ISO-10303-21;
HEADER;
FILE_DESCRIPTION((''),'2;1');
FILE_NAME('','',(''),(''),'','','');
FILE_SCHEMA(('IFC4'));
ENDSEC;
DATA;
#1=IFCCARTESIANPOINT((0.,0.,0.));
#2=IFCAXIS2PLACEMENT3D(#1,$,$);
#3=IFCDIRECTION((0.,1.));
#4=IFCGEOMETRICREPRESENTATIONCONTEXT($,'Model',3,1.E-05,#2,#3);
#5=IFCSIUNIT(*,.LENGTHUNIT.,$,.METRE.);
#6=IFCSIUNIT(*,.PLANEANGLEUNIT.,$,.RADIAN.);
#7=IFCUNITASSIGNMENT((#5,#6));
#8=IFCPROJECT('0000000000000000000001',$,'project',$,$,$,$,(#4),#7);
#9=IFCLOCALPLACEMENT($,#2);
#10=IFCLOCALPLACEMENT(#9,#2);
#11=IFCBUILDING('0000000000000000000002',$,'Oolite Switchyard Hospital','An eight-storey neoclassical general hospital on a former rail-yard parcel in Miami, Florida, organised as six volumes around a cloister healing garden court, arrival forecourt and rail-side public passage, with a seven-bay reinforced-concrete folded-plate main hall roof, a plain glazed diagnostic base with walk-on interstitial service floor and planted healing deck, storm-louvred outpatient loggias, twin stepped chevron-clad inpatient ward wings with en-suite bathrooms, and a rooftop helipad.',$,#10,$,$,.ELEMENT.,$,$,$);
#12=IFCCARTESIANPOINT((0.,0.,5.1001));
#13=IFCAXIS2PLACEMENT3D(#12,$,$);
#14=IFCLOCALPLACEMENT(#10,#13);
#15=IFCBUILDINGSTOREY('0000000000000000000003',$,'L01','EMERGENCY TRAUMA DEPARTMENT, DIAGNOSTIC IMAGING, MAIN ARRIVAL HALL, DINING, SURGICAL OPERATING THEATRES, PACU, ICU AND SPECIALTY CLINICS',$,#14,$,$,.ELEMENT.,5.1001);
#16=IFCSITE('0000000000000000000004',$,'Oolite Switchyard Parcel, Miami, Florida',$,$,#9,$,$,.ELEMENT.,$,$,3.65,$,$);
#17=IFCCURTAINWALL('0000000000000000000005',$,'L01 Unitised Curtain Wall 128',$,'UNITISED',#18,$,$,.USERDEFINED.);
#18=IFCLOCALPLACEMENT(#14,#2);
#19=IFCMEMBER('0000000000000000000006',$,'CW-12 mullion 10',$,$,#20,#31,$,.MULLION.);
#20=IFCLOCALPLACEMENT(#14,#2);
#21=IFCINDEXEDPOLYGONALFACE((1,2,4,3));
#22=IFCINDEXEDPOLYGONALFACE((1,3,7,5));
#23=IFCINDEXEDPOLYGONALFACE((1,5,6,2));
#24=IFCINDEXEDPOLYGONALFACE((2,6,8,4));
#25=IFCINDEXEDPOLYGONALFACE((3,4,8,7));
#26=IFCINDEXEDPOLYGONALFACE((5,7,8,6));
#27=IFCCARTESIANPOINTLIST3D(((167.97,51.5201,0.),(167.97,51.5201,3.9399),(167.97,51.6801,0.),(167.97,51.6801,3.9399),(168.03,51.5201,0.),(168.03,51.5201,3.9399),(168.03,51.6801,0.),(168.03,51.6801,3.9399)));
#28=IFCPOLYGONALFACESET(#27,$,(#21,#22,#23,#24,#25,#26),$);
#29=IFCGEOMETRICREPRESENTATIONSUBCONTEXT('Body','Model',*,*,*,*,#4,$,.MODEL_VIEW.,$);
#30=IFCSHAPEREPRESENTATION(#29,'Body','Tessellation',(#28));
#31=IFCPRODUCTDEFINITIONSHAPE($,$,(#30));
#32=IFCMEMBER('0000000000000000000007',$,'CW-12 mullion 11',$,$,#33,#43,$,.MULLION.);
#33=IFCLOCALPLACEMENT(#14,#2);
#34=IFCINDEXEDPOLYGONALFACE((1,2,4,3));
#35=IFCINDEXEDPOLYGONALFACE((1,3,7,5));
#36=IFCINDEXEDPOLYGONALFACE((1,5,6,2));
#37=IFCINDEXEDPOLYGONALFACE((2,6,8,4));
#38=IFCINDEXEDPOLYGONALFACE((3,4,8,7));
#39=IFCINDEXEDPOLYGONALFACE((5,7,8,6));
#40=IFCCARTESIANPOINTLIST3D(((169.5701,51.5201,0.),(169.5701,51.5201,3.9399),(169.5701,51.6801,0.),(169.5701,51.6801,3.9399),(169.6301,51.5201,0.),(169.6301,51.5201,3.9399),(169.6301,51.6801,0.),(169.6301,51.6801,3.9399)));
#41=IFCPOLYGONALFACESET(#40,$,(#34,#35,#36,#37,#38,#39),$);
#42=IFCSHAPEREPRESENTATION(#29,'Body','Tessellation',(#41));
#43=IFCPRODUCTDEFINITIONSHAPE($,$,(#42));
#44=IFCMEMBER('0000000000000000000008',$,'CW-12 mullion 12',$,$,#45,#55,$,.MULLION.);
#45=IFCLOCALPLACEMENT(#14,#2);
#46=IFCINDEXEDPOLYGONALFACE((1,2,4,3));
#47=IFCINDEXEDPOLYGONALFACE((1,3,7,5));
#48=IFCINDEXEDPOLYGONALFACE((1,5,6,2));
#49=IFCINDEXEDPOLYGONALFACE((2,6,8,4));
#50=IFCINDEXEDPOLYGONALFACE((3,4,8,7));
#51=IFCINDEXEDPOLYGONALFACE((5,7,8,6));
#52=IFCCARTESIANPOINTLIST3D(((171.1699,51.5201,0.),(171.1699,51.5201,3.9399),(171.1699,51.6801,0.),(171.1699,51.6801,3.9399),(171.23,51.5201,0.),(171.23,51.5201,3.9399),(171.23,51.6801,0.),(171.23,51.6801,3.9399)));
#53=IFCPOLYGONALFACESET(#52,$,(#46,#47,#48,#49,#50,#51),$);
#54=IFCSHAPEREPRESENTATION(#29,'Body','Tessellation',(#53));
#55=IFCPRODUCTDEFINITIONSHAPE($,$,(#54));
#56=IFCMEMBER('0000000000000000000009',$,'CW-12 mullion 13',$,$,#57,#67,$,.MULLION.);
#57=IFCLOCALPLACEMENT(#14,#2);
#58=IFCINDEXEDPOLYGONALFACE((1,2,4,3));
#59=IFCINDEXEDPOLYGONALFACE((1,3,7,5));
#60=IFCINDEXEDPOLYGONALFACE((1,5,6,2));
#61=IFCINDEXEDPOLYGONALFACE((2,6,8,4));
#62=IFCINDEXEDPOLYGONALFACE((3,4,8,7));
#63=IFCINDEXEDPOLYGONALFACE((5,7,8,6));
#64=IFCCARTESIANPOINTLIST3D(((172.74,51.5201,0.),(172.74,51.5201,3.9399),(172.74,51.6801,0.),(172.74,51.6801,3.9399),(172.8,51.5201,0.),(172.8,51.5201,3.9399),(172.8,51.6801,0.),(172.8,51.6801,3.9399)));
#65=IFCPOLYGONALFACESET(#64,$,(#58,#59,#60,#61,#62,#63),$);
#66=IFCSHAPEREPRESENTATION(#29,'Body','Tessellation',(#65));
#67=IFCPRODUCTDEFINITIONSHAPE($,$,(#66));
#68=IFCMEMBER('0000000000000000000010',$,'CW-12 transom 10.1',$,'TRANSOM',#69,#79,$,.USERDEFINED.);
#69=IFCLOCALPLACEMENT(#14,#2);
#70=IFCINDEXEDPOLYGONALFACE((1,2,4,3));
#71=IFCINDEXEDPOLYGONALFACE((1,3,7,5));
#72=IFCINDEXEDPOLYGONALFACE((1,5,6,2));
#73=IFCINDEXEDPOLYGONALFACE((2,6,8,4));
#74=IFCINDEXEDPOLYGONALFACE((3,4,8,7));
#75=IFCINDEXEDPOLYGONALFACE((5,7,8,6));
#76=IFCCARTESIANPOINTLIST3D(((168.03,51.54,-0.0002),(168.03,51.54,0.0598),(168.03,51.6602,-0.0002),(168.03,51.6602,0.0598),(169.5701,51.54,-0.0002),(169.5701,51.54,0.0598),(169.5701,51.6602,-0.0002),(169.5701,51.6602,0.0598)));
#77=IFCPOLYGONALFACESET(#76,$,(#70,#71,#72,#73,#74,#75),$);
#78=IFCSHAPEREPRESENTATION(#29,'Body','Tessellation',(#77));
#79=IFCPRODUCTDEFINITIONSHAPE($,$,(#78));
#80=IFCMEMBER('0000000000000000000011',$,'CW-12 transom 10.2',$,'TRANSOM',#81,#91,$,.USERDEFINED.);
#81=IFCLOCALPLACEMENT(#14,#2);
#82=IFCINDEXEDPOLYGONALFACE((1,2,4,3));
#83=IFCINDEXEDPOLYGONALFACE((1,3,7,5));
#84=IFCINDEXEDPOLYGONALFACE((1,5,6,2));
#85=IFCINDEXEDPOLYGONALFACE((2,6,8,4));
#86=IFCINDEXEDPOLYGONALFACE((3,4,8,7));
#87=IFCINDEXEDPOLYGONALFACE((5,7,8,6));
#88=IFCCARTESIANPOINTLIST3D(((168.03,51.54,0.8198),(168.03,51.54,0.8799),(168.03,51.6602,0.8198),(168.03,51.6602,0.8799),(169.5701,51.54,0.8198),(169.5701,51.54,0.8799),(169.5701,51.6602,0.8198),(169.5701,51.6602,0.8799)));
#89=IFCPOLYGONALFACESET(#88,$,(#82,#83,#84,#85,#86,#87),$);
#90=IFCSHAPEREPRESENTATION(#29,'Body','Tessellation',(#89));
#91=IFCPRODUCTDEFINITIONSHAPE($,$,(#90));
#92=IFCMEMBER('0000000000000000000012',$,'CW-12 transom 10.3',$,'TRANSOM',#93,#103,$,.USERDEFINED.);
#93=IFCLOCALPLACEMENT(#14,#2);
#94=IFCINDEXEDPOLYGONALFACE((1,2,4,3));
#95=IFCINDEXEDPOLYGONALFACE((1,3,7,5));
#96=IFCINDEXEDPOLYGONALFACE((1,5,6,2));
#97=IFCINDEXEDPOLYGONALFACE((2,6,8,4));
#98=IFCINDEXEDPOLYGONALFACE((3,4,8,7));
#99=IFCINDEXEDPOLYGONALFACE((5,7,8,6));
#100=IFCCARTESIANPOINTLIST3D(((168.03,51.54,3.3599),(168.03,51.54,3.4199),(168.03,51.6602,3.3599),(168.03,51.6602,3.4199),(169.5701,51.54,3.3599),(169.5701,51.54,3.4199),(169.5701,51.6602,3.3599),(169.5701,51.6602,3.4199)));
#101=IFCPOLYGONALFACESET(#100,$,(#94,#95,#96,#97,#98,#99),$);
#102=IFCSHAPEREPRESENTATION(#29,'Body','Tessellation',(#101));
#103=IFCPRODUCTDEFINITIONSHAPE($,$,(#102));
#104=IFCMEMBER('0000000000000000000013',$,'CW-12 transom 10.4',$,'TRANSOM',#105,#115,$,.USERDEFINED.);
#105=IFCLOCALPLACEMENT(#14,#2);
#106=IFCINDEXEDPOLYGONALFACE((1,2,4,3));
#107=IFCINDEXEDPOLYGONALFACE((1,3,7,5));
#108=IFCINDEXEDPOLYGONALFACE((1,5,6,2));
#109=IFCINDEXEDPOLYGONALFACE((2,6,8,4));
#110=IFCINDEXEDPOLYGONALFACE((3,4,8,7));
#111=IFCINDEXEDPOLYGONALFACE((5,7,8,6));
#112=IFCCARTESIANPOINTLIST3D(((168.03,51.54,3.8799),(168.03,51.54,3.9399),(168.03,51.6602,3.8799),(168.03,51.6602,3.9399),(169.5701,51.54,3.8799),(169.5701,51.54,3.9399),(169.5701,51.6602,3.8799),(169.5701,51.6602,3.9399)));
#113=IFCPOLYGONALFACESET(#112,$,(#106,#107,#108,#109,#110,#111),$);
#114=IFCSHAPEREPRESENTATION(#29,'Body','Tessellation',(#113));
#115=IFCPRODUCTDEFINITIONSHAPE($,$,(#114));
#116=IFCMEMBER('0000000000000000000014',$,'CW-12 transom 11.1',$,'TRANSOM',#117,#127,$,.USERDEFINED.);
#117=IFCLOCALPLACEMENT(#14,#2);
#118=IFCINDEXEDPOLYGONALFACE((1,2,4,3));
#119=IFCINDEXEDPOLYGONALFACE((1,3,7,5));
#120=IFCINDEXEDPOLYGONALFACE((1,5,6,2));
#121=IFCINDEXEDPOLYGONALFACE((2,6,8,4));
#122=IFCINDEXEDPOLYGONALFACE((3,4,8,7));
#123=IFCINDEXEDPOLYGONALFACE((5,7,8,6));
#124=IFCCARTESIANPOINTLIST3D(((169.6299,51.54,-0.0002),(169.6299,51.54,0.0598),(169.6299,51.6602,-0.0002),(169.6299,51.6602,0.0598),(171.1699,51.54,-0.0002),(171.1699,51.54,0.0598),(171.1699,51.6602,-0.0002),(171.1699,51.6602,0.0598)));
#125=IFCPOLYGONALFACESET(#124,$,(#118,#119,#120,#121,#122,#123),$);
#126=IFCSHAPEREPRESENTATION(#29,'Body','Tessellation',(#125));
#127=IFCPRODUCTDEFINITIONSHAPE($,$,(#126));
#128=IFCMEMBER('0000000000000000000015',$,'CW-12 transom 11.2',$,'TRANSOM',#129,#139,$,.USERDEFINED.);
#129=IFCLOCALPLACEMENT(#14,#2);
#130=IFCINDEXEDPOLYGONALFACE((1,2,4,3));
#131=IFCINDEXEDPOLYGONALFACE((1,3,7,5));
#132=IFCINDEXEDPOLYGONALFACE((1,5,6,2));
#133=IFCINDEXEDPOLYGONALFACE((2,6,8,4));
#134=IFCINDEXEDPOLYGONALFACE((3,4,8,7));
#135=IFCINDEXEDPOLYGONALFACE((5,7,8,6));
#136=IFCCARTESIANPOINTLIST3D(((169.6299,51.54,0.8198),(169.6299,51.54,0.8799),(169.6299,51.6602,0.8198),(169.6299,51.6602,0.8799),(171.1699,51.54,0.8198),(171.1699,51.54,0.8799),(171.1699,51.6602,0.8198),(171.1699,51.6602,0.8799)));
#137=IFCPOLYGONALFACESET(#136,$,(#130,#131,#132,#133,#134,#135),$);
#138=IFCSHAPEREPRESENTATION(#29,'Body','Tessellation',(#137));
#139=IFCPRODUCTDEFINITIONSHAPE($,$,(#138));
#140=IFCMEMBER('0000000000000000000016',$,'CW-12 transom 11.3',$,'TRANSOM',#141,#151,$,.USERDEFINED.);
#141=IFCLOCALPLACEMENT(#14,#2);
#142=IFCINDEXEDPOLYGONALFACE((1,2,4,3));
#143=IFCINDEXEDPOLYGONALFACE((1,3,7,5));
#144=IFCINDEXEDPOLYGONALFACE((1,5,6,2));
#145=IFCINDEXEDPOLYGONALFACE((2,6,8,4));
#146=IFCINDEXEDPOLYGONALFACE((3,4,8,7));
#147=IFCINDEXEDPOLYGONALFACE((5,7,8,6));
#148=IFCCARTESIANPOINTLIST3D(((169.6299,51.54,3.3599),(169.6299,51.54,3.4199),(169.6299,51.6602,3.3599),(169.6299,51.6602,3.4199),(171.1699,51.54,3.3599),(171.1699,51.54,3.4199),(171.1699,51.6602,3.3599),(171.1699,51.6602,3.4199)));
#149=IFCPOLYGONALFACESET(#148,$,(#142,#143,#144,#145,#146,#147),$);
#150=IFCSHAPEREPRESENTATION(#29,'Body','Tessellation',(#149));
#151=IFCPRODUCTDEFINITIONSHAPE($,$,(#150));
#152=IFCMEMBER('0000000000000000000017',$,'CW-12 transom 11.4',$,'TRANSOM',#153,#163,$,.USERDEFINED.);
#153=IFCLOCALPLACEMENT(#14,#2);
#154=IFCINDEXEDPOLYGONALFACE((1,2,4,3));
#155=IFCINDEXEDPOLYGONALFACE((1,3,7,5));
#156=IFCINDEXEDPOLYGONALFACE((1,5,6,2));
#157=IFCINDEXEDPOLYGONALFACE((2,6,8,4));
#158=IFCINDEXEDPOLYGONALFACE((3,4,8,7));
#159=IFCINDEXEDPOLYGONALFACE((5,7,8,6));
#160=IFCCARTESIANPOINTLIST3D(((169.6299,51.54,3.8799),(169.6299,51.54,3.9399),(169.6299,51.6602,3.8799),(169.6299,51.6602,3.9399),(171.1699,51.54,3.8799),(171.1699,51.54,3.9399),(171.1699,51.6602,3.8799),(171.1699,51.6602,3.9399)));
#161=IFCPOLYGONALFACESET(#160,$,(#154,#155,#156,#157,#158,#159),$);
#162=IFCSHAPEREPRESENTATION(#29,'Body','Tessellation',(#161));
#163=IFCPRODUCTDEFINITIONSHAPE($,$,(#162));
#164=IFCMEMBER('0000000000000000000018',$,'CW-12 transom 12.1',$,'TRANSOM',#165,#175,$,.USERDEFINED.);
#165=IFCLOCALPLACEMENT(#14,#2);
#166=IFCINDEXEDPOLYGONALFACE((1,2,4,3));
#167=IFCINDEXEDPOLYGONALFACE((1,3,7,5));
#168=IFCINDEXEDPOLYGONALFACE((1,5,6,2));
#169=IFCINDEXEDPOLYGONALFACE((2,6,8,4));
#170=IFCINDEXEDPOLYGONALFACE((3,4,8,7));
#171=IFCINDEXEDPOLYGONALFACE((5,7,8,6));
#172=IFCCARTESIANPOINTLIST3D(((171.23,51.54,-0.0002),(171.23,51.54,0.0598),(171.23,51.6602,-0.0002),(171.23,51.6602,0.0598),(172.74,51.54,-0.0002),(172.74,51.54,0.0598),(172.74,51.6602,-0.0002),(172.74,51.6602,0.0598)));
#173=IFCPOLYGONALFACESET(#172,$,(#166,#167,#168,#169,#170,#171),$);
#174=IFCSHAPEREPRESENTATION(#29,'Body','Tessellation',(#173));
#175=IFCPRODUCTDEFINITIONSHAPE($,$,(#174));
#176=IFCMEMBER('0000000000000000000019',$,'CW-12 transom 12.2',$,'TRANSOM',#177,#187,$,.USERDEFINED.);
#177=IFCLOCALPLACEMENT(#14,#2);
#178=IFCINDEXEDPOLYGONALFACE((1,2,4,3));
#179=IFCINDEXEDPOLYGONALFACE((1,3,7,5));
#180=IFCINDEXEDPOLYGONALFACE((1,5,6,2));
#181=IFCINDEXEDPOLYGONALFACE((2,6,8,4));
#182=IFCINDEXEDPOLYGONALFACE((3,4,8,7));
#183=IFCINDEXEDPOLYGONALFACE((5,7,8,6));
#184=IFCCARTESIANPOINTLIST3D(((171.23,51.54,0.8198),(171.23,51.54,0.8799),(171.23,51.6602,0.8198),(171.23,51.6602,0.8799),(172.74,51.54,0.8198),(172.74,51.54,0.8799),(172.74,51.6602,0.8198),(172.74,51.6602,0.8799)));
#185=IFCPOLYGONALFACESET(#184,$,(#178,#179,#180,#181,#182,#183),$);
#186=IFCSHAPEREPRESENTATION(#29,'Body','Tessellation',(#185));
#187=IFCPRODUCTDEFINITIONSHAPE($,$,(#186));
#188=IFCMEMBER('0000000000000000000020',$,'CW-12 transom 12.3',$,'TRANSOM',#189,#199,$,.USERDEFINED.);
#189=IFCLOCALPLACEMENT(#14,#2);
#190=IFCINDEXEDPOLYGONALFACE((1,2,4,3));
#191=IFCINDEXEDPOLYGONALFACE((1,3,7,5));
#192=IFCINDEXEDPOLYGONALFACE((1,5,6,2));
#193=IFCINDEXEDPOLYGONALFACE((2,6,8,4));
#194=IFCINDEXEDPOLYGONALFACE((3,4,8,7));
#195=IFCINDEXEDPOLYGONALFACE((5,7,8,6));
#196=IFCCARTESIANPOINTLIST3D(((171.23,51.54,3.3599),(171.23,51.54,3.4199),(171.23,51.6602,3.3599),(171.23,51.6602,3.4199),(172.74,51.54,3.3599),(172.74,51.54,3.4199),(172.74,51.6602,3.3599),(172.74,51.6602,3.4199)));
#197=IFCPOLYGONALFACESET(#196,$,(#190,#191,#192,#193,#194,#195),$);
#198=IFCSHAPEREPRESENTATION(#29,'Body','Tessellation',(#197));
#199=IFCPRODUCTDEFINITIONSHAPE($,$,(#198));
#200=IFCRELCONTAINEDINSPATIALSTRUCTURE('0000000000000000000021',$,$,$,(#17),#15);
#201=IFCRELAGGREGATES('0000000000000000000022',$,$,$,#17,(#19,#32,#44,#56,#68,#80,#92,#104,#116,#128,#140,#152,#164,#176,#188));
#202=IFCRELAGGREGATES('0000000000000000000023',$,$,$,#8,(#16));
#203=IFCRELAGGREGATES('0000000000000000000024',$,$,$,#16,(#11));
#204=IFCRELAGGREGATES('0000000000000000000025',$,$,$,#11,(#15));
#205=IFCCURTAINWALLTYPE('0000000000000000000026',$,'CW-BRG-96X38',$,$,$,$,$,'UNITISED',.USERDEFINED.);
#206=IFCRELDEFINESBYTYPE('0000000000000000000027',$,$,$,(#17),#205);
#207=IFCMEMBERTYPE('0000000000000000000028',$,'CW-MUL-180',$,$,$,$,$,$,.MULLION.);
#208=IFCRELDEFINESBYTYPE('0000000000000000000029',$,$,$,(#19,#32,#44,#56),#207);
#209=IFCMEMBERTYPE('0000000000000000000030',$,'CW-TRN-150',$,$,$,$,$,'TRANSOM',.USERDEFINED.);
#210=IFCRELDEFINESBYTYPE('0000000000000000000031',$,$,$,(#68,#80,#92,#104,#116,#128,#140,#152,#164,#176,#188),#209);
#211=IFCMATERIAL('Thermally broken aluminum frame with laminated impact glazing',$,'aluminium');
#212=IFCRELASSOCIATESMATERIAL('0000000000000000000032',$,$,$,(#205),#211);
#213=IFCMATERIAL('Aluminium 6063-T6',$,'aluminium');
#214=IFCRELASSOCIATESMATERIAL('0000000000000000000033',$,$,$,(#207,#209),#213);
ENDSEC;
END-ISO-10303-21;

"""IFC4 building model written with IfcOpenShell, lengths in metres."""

from ifc_helpers import new_model, si_unit, direction, frame, origin, origin_2d, place, context, subcontext, project, spatial, rectangle, extrude, material, material_profile, profile_set, type_object, element, aggregate, save


model = new_model("IFC4")

# Units and contexts
model_context = context("Model", 3, precision=1e-05, world=origin(), true_north=direction((0.0, 1.0)))
body_context = subcontext(model_context, "Body", "Model", "MODEL_VIEW")
ifc_project = project(units=[si_unit("LENGTHUNIT", "METRE"), si_unit("PLANEANGLEUNIT", "RADIAN")], contexts=[model_context])

# Site, building, storey
site_placement = place(None, origin())
site = spatial("IfcSite", under=ifc_project, at=site_placement, Name="Oolite Switchyard Parcel, Miami, Florida", CompositionType="ELEMENT", RefElevation=3.65)
building_placement = place(site_placement, origin())
building = spatial("IfcBuilding", under=site, at=building_placement, Name="Oolite Switchyard Hospital", Description="An eight-storey neoclassical general hospital on a former rail-yard parcel in Miami, Florida, organised as six volumes around a cloister healing garden court, arrival forecourt and rail-side public passage, with a seven-bay reinforced-concrete folded-plate main hall roof, a plain glazed diagnostic base with walk-on interstitial service floor and planted healing deck, storm-louvred outpatient loggias, twin stepped chevron-clad inpatient ward wings with en-suite bathrooms, and a rooftop helipad.", CompositionType="ELEMENT")
storey_placement = place(building_placement, frame((0.0, 0.0, 5.1001)))
storey = spatial("IfcBuildingStorey", under=building, at=storey_placement, Name="L01", Description="EMERGENCY TRAUMA DEPARTMENT, DIAGNOSTIC IMAGING, MAIN ARRIVAL HALL, DINING, SURGICAL OPERATING THEATRES, PACU, ICU AND SPECIALTY CLINICS", CompositionType="ELEMENT", Elevation=5.1001)

# Curtain wall, members
ifc_material_1 = material(Name="Thermally broken aluminum frame with laminated impact glazing", Category="aluminium")
curtain_wall_type = type_object("IfcCurtainWallType", Name="CW-BRG-96X38", ElementType="UNITISED", PredefinedType="USERDEFINED", material=ifc_material_1)
curtain_wall_placement = place(storey_placement, origin())
curtain_wall = element("IfcCurtainWall", 1, at=curtain_wall_placement, inside=storey, type_object=curtain_wall_type, Name="L01 Unitised Curtain Wall 128", ObjectType="UNITISED", PredefinedType="USERDEFINED")
ifc_material_2 = material(Name="Aluminium 6063-T6", Category="aluminium")
ifc_material_profile_1 = material_profile(ifc_material_2, rectangle(XDim=0.1599, YDim=0.0601, at=origin_2d()), Name="CWM60X160")
ifc_profile_set_1 = profile_set([ifc_material_profile_1], Name="Aluminium 6063-T6")
member_type_1 = type_object("IfcMemberType", Name="CW-MUL-180", PredefinedType="MULLION", material=ifc_profile_set_1)
member_1_placement = place(storey_placement, frame((168.0, 51.6001, 0.0), z_axis=(0.0, 0.0, 1.0), x_axis=(0.0, 1.0, 0.0)))
member_1 = element("IfcMember", 2, at=member_1_placement, type_object=member_type_1, Name="CW-12 mullion 10", PredefinedType="MULLION", context=body_context, shape_type="SweptSolid", body=[
    extrude(rectangle(XDim=0.1599, YDim=0.0601, at=origin_2d()), origin(), (0.0, 0.0, 1.0), 3.9399),
])
member_2_placement = place(storey_placement, frame((169.6001, 51.6001, 0.0), z_axis=(0.0, 0.0, 1.0), x_axis=(0.0, 1.0, 0.0)))
member_2 = element("IfcMember", 3, at=member_2_placement, type_object=member_type_1, Name="CW-12 mullion 11", PredefinedType="MULLION", context=body_context, shape_type="SweptSolid", body=[
    extrude(rectangle(XDim=0.1599, YDim=0.0601, at=origin_2d()), origin(), (0.0, 0.0, 1.0), 3.9399),
])
member_3_placement = place(storey_placement, frame((171.2, 51.6001, 0.0), z_axis=(0.0, 0.0, 1.0), x_axis=(0.0, 1.0, 0.0)))
member_3 = element("IfcMember", 4, at=member_3_placement, type_object=member_type_1, Name="CW-12 mullion 12", PredefinedType="MULLION", context=body_context, shape_type="SweptSolid", body=[
    extrude(rectangle(XDim=0.1599, YDim=0.0601, at=origin_2d()), origin(), (0.0, 0.0, 1.0), 3.9399),
])
member_4_placement = place(storey_placement, frame((172.77, 51.6001, 0.0), z_axis=(0.0, 0.0, 1.0), x_axis=(0.0, 1.0, 0.0)))
member_4 = element("IfcMember", 5, at=member_4_placement, type_object=member_type_1, Name="CW-12 mullion 13", PredefinedType="MULLION", context=body_context, shape_type="SweptSolid", body=[
    extrude(rectangle(XDim=0.1599, YDim=0.0601, at=origin_2d()), origin(), (0.0, 0.0, 1.0), 3.9399),
])
ifc_material_profile_2 = material_profile(ifc_material_2, rectangle(XDim=0.1201, YDim=0.0601, at=origin_2d()), Name="CWT60X120")
ifc_profile_set_2 = profile_set([ifc_material_profile_2], Name="Aluminium 6063-T6")
member_type_2 = type_object("IfcMemberType", Name="CW-TRN-150", ElementType="TRANSOM", PredefinedType="USERDEFINED", material=ifc_profile_set_2)
member_5_placement = place(storey_placement, frame((168.03, 51.6001, 0.0298), z_axis=(1.0, 0.0, 0.0), x_axis=(0.0, 1.0, 0.0)))
member_5 = element("IfcMember", 6, at=member_5_placement, type_object=member_type_2, Name="CW-12 transom 10.1", ObjectType="TRANSOM", PredefinedType="USERDEFINED", context=body_context, shape_type="SweptSolid", body=[
    extrude(rectangle(XDim=0.1201, YDim=0.0601, at=origin_2d()), origin(), (0.0, 0.0, 1.0), 1.54),
])
member_6_placement = place(storey_placement, frame((168.03, 51.6001, 0.8499), z_axis=(1.0, 0.0, 0.0), x_axis=(0.0, 1.0, 0.0)))
member_6 = element("IfcMember", 7, at=member_6_placement, type_object=member_type_2, Name="CW-12 transom 10.2", ObjectType="TRANSOM", PredefinedType="USERDEFINED", context=body_context, shape_type="SweptSolid", body=[
    extrude(rectangle(XDim=0.1201, YDim=0.0601, at=origin_2d()), origin(), (0.0, 0.0, 1.0), 1.54),
])
member_7_placement = place(storey_placement, frame((168.03, 51.6001, 3.3899), z_axis=(1.0, 0.0, 0.0), x_axis=(0.0, 1.0, 0.0)))
member_7 = element("IfcMember", 8, at=member_7_placement, type_object=member_type_2, Name="CW-12 transom 10.3", ObjectType="TRANSOM", PredefinedType="USERDEFINED", context=body_context, shape_type="SweptSolid", body=[
    extrude(rectangle(XDim=0.1201, YDim=0.0601, at=origin_2d()), origin(), (0.0, 0.0, 1.0), 1.54),
])
member_8_placement = place(storey_placement, frame((168.03, 51.6001, 3.9099), z_axis=(1.0, 0.0, 0.0), x_axis=(0.0, 1.0, 0.0)))
member_8 = element("IfcMember", 9, at=member_8_placement, type_object=member_type_2, Name="CW-12 transom 10.4", ObjectType="TRANSOM", PredefinedType="USERDEFINED", context=body_context, shape_type="SweptSolid", body=[
    extrude(rectangle(XDim=0.1201, YDim=0.0601, at=origin_2d()), origin(), (0.0, 0.0, 1.0), 1.54),
])
member_9_placement = place(storey_placement, frame((169.6299, 51.6001, 0.0298), z_axis=(1.0, 0.0, 0.0), x_axis=(0.0, 1.0, 0.0)))
member_9 = element("IfcMember", 10, at=member_9_placement, type_object=member_type_2, Name="CW-12 transom 11.1", ObjectType="TRANSOM", PredefinedType="USERDEFINED", context=body_context, shape_type="SweptSolid", body=[
    extrude(rectangle(XDim=0.1201, YDim=0.0601, at=origin_2d()), origin(), (0.0, 0.0, 1.0), 1.54),
])
member_10_placement = place(storey_placement, frame((169.6299, 51.6001, 0.8499), z_axis=(1.0, 0.0, 0.0), x_axis=(0.0, 1.0, 0.0)))
member_10 = element("IfcMember", 11, at=member_10_placement, type_object=member_type_2, Name="CW-12 transom 11.2", ObjectType="TRANSOM", PredefinedType="USERDEFINED", context=body_context, shape_type="SweptSolid", body=[
    extrude(rectangle(XDim=0.1201, YDim=0.0601, at=origin_2d()), origin(), (0.0, 0.0, 1.0), 1.54),
])
member_11_placement = place(storey_placement, frame((169.6299, 51.6001, 3.3899), z_axis=(1.0, 0.0, 0.0), x_axis=(0.0, 1.0, 0.0)))
member_11 = element("IfcMember", 12, at=member_11_placement, type_object=member_type_2, Name="CW-12 transom 11.3", ObjectType="TRANSOM", PredefinedType="USERDEFINED", context=body_context, shape_type="SweptSolid", body=[
    extrude(rectangle(XDim=0.1201, YDim=0.0601, at=origin_2d()), origin(), (0.0, 0.0, 1.0), 1.54),
])
member_12_placement = place(storey_placement, frame((169.6299, 51.6001, 3.9099), z_axis=(1.0, 0.0, 0.0), x_axis=(0.0, 1.0, 0.0)))
member_12 = element("IfcMember", 13, at=member_12_placement, type_object=member_type_2, Name="CW-12 transom 11.4", ObjectType="TRANSOM", PredefinedType="USERDEFINED", context=body_context, shape_type="SweptSolid", body=[
    extrude(rectangle(XDim=0.1201, YDim=0.0601, at=origin_2d()), origin(), (0.0, 0.0, 1.0), 1.54),
])
member_13_placement = place(storey_placement, frame((171.23, 51.6001, 0.0298), z_axis=(1.0, 0.0, 0.0), x_axis=(0.0, 1.0, 0.0)))
member_13 = element("IfcMember", 14, at=member_13_placement, type_object=member_type_2, Name="CW-12 transom 12.1", ObjectType="TRANSOM", PredefinedType="USERDEFINED", context=body_context, shape_type="SweptSolid", body=[
    extrude(rectangle(XDim=0.1201, YDim=0.0601, at=origin_2d()), origin(), (0.0, 0.0, 1.0), 1.51),
])
member_14_placement = place(storey_placement, frame((171.23, 51.6001, 0.8499), z_axis=(1.0, 0.0, 0.0), x_axis=(0.0, 1.0, 0.0)))
member_14 = element("IfcMember", 15, at=member_14_placement, type_object=member_type_2, Name="CW-12 transom 12.2", ObjectType="TRANSOM", PredefinedType="USERDEFINED", context=body_context, shape_type="SweptSolid", body=[
    extrude(rectangle(XDim=0.1201, YDim=0.0601, at=origin_2d()), origin(), (0.0, 0.0, 1.0), 1.51),
])
member_15_placement = place(storey_placement, frame((171.23, 51.6001, 3.3899), z_axis=(1.0, 0.0, 0.0), x_axis=(0.0, 1.0, 0.0)))
member_15 = element("IfcMember", 16, at=member_15_placement, type_object=member_type_2, Name="CW-12 transom 12.3", ObjectType="TRANSOM", PredefinedType="USERDEFINED", context=body_context, shape_type="SweptSolid", body=[
    extrude(rectangle(XDim=0.1201, YDim=0.0601, at=origin_2d()), origin(), (0.0, 0.0, 1.0), 1.51),
])
aggregate(curtain_wall, [member_1, member_2, member_3, member_4, member_5, member_6, member_7, member_8, member_9, member_10, member_11, member_12, member_13, member_14, member_15])

save(model, "model.ifc")
